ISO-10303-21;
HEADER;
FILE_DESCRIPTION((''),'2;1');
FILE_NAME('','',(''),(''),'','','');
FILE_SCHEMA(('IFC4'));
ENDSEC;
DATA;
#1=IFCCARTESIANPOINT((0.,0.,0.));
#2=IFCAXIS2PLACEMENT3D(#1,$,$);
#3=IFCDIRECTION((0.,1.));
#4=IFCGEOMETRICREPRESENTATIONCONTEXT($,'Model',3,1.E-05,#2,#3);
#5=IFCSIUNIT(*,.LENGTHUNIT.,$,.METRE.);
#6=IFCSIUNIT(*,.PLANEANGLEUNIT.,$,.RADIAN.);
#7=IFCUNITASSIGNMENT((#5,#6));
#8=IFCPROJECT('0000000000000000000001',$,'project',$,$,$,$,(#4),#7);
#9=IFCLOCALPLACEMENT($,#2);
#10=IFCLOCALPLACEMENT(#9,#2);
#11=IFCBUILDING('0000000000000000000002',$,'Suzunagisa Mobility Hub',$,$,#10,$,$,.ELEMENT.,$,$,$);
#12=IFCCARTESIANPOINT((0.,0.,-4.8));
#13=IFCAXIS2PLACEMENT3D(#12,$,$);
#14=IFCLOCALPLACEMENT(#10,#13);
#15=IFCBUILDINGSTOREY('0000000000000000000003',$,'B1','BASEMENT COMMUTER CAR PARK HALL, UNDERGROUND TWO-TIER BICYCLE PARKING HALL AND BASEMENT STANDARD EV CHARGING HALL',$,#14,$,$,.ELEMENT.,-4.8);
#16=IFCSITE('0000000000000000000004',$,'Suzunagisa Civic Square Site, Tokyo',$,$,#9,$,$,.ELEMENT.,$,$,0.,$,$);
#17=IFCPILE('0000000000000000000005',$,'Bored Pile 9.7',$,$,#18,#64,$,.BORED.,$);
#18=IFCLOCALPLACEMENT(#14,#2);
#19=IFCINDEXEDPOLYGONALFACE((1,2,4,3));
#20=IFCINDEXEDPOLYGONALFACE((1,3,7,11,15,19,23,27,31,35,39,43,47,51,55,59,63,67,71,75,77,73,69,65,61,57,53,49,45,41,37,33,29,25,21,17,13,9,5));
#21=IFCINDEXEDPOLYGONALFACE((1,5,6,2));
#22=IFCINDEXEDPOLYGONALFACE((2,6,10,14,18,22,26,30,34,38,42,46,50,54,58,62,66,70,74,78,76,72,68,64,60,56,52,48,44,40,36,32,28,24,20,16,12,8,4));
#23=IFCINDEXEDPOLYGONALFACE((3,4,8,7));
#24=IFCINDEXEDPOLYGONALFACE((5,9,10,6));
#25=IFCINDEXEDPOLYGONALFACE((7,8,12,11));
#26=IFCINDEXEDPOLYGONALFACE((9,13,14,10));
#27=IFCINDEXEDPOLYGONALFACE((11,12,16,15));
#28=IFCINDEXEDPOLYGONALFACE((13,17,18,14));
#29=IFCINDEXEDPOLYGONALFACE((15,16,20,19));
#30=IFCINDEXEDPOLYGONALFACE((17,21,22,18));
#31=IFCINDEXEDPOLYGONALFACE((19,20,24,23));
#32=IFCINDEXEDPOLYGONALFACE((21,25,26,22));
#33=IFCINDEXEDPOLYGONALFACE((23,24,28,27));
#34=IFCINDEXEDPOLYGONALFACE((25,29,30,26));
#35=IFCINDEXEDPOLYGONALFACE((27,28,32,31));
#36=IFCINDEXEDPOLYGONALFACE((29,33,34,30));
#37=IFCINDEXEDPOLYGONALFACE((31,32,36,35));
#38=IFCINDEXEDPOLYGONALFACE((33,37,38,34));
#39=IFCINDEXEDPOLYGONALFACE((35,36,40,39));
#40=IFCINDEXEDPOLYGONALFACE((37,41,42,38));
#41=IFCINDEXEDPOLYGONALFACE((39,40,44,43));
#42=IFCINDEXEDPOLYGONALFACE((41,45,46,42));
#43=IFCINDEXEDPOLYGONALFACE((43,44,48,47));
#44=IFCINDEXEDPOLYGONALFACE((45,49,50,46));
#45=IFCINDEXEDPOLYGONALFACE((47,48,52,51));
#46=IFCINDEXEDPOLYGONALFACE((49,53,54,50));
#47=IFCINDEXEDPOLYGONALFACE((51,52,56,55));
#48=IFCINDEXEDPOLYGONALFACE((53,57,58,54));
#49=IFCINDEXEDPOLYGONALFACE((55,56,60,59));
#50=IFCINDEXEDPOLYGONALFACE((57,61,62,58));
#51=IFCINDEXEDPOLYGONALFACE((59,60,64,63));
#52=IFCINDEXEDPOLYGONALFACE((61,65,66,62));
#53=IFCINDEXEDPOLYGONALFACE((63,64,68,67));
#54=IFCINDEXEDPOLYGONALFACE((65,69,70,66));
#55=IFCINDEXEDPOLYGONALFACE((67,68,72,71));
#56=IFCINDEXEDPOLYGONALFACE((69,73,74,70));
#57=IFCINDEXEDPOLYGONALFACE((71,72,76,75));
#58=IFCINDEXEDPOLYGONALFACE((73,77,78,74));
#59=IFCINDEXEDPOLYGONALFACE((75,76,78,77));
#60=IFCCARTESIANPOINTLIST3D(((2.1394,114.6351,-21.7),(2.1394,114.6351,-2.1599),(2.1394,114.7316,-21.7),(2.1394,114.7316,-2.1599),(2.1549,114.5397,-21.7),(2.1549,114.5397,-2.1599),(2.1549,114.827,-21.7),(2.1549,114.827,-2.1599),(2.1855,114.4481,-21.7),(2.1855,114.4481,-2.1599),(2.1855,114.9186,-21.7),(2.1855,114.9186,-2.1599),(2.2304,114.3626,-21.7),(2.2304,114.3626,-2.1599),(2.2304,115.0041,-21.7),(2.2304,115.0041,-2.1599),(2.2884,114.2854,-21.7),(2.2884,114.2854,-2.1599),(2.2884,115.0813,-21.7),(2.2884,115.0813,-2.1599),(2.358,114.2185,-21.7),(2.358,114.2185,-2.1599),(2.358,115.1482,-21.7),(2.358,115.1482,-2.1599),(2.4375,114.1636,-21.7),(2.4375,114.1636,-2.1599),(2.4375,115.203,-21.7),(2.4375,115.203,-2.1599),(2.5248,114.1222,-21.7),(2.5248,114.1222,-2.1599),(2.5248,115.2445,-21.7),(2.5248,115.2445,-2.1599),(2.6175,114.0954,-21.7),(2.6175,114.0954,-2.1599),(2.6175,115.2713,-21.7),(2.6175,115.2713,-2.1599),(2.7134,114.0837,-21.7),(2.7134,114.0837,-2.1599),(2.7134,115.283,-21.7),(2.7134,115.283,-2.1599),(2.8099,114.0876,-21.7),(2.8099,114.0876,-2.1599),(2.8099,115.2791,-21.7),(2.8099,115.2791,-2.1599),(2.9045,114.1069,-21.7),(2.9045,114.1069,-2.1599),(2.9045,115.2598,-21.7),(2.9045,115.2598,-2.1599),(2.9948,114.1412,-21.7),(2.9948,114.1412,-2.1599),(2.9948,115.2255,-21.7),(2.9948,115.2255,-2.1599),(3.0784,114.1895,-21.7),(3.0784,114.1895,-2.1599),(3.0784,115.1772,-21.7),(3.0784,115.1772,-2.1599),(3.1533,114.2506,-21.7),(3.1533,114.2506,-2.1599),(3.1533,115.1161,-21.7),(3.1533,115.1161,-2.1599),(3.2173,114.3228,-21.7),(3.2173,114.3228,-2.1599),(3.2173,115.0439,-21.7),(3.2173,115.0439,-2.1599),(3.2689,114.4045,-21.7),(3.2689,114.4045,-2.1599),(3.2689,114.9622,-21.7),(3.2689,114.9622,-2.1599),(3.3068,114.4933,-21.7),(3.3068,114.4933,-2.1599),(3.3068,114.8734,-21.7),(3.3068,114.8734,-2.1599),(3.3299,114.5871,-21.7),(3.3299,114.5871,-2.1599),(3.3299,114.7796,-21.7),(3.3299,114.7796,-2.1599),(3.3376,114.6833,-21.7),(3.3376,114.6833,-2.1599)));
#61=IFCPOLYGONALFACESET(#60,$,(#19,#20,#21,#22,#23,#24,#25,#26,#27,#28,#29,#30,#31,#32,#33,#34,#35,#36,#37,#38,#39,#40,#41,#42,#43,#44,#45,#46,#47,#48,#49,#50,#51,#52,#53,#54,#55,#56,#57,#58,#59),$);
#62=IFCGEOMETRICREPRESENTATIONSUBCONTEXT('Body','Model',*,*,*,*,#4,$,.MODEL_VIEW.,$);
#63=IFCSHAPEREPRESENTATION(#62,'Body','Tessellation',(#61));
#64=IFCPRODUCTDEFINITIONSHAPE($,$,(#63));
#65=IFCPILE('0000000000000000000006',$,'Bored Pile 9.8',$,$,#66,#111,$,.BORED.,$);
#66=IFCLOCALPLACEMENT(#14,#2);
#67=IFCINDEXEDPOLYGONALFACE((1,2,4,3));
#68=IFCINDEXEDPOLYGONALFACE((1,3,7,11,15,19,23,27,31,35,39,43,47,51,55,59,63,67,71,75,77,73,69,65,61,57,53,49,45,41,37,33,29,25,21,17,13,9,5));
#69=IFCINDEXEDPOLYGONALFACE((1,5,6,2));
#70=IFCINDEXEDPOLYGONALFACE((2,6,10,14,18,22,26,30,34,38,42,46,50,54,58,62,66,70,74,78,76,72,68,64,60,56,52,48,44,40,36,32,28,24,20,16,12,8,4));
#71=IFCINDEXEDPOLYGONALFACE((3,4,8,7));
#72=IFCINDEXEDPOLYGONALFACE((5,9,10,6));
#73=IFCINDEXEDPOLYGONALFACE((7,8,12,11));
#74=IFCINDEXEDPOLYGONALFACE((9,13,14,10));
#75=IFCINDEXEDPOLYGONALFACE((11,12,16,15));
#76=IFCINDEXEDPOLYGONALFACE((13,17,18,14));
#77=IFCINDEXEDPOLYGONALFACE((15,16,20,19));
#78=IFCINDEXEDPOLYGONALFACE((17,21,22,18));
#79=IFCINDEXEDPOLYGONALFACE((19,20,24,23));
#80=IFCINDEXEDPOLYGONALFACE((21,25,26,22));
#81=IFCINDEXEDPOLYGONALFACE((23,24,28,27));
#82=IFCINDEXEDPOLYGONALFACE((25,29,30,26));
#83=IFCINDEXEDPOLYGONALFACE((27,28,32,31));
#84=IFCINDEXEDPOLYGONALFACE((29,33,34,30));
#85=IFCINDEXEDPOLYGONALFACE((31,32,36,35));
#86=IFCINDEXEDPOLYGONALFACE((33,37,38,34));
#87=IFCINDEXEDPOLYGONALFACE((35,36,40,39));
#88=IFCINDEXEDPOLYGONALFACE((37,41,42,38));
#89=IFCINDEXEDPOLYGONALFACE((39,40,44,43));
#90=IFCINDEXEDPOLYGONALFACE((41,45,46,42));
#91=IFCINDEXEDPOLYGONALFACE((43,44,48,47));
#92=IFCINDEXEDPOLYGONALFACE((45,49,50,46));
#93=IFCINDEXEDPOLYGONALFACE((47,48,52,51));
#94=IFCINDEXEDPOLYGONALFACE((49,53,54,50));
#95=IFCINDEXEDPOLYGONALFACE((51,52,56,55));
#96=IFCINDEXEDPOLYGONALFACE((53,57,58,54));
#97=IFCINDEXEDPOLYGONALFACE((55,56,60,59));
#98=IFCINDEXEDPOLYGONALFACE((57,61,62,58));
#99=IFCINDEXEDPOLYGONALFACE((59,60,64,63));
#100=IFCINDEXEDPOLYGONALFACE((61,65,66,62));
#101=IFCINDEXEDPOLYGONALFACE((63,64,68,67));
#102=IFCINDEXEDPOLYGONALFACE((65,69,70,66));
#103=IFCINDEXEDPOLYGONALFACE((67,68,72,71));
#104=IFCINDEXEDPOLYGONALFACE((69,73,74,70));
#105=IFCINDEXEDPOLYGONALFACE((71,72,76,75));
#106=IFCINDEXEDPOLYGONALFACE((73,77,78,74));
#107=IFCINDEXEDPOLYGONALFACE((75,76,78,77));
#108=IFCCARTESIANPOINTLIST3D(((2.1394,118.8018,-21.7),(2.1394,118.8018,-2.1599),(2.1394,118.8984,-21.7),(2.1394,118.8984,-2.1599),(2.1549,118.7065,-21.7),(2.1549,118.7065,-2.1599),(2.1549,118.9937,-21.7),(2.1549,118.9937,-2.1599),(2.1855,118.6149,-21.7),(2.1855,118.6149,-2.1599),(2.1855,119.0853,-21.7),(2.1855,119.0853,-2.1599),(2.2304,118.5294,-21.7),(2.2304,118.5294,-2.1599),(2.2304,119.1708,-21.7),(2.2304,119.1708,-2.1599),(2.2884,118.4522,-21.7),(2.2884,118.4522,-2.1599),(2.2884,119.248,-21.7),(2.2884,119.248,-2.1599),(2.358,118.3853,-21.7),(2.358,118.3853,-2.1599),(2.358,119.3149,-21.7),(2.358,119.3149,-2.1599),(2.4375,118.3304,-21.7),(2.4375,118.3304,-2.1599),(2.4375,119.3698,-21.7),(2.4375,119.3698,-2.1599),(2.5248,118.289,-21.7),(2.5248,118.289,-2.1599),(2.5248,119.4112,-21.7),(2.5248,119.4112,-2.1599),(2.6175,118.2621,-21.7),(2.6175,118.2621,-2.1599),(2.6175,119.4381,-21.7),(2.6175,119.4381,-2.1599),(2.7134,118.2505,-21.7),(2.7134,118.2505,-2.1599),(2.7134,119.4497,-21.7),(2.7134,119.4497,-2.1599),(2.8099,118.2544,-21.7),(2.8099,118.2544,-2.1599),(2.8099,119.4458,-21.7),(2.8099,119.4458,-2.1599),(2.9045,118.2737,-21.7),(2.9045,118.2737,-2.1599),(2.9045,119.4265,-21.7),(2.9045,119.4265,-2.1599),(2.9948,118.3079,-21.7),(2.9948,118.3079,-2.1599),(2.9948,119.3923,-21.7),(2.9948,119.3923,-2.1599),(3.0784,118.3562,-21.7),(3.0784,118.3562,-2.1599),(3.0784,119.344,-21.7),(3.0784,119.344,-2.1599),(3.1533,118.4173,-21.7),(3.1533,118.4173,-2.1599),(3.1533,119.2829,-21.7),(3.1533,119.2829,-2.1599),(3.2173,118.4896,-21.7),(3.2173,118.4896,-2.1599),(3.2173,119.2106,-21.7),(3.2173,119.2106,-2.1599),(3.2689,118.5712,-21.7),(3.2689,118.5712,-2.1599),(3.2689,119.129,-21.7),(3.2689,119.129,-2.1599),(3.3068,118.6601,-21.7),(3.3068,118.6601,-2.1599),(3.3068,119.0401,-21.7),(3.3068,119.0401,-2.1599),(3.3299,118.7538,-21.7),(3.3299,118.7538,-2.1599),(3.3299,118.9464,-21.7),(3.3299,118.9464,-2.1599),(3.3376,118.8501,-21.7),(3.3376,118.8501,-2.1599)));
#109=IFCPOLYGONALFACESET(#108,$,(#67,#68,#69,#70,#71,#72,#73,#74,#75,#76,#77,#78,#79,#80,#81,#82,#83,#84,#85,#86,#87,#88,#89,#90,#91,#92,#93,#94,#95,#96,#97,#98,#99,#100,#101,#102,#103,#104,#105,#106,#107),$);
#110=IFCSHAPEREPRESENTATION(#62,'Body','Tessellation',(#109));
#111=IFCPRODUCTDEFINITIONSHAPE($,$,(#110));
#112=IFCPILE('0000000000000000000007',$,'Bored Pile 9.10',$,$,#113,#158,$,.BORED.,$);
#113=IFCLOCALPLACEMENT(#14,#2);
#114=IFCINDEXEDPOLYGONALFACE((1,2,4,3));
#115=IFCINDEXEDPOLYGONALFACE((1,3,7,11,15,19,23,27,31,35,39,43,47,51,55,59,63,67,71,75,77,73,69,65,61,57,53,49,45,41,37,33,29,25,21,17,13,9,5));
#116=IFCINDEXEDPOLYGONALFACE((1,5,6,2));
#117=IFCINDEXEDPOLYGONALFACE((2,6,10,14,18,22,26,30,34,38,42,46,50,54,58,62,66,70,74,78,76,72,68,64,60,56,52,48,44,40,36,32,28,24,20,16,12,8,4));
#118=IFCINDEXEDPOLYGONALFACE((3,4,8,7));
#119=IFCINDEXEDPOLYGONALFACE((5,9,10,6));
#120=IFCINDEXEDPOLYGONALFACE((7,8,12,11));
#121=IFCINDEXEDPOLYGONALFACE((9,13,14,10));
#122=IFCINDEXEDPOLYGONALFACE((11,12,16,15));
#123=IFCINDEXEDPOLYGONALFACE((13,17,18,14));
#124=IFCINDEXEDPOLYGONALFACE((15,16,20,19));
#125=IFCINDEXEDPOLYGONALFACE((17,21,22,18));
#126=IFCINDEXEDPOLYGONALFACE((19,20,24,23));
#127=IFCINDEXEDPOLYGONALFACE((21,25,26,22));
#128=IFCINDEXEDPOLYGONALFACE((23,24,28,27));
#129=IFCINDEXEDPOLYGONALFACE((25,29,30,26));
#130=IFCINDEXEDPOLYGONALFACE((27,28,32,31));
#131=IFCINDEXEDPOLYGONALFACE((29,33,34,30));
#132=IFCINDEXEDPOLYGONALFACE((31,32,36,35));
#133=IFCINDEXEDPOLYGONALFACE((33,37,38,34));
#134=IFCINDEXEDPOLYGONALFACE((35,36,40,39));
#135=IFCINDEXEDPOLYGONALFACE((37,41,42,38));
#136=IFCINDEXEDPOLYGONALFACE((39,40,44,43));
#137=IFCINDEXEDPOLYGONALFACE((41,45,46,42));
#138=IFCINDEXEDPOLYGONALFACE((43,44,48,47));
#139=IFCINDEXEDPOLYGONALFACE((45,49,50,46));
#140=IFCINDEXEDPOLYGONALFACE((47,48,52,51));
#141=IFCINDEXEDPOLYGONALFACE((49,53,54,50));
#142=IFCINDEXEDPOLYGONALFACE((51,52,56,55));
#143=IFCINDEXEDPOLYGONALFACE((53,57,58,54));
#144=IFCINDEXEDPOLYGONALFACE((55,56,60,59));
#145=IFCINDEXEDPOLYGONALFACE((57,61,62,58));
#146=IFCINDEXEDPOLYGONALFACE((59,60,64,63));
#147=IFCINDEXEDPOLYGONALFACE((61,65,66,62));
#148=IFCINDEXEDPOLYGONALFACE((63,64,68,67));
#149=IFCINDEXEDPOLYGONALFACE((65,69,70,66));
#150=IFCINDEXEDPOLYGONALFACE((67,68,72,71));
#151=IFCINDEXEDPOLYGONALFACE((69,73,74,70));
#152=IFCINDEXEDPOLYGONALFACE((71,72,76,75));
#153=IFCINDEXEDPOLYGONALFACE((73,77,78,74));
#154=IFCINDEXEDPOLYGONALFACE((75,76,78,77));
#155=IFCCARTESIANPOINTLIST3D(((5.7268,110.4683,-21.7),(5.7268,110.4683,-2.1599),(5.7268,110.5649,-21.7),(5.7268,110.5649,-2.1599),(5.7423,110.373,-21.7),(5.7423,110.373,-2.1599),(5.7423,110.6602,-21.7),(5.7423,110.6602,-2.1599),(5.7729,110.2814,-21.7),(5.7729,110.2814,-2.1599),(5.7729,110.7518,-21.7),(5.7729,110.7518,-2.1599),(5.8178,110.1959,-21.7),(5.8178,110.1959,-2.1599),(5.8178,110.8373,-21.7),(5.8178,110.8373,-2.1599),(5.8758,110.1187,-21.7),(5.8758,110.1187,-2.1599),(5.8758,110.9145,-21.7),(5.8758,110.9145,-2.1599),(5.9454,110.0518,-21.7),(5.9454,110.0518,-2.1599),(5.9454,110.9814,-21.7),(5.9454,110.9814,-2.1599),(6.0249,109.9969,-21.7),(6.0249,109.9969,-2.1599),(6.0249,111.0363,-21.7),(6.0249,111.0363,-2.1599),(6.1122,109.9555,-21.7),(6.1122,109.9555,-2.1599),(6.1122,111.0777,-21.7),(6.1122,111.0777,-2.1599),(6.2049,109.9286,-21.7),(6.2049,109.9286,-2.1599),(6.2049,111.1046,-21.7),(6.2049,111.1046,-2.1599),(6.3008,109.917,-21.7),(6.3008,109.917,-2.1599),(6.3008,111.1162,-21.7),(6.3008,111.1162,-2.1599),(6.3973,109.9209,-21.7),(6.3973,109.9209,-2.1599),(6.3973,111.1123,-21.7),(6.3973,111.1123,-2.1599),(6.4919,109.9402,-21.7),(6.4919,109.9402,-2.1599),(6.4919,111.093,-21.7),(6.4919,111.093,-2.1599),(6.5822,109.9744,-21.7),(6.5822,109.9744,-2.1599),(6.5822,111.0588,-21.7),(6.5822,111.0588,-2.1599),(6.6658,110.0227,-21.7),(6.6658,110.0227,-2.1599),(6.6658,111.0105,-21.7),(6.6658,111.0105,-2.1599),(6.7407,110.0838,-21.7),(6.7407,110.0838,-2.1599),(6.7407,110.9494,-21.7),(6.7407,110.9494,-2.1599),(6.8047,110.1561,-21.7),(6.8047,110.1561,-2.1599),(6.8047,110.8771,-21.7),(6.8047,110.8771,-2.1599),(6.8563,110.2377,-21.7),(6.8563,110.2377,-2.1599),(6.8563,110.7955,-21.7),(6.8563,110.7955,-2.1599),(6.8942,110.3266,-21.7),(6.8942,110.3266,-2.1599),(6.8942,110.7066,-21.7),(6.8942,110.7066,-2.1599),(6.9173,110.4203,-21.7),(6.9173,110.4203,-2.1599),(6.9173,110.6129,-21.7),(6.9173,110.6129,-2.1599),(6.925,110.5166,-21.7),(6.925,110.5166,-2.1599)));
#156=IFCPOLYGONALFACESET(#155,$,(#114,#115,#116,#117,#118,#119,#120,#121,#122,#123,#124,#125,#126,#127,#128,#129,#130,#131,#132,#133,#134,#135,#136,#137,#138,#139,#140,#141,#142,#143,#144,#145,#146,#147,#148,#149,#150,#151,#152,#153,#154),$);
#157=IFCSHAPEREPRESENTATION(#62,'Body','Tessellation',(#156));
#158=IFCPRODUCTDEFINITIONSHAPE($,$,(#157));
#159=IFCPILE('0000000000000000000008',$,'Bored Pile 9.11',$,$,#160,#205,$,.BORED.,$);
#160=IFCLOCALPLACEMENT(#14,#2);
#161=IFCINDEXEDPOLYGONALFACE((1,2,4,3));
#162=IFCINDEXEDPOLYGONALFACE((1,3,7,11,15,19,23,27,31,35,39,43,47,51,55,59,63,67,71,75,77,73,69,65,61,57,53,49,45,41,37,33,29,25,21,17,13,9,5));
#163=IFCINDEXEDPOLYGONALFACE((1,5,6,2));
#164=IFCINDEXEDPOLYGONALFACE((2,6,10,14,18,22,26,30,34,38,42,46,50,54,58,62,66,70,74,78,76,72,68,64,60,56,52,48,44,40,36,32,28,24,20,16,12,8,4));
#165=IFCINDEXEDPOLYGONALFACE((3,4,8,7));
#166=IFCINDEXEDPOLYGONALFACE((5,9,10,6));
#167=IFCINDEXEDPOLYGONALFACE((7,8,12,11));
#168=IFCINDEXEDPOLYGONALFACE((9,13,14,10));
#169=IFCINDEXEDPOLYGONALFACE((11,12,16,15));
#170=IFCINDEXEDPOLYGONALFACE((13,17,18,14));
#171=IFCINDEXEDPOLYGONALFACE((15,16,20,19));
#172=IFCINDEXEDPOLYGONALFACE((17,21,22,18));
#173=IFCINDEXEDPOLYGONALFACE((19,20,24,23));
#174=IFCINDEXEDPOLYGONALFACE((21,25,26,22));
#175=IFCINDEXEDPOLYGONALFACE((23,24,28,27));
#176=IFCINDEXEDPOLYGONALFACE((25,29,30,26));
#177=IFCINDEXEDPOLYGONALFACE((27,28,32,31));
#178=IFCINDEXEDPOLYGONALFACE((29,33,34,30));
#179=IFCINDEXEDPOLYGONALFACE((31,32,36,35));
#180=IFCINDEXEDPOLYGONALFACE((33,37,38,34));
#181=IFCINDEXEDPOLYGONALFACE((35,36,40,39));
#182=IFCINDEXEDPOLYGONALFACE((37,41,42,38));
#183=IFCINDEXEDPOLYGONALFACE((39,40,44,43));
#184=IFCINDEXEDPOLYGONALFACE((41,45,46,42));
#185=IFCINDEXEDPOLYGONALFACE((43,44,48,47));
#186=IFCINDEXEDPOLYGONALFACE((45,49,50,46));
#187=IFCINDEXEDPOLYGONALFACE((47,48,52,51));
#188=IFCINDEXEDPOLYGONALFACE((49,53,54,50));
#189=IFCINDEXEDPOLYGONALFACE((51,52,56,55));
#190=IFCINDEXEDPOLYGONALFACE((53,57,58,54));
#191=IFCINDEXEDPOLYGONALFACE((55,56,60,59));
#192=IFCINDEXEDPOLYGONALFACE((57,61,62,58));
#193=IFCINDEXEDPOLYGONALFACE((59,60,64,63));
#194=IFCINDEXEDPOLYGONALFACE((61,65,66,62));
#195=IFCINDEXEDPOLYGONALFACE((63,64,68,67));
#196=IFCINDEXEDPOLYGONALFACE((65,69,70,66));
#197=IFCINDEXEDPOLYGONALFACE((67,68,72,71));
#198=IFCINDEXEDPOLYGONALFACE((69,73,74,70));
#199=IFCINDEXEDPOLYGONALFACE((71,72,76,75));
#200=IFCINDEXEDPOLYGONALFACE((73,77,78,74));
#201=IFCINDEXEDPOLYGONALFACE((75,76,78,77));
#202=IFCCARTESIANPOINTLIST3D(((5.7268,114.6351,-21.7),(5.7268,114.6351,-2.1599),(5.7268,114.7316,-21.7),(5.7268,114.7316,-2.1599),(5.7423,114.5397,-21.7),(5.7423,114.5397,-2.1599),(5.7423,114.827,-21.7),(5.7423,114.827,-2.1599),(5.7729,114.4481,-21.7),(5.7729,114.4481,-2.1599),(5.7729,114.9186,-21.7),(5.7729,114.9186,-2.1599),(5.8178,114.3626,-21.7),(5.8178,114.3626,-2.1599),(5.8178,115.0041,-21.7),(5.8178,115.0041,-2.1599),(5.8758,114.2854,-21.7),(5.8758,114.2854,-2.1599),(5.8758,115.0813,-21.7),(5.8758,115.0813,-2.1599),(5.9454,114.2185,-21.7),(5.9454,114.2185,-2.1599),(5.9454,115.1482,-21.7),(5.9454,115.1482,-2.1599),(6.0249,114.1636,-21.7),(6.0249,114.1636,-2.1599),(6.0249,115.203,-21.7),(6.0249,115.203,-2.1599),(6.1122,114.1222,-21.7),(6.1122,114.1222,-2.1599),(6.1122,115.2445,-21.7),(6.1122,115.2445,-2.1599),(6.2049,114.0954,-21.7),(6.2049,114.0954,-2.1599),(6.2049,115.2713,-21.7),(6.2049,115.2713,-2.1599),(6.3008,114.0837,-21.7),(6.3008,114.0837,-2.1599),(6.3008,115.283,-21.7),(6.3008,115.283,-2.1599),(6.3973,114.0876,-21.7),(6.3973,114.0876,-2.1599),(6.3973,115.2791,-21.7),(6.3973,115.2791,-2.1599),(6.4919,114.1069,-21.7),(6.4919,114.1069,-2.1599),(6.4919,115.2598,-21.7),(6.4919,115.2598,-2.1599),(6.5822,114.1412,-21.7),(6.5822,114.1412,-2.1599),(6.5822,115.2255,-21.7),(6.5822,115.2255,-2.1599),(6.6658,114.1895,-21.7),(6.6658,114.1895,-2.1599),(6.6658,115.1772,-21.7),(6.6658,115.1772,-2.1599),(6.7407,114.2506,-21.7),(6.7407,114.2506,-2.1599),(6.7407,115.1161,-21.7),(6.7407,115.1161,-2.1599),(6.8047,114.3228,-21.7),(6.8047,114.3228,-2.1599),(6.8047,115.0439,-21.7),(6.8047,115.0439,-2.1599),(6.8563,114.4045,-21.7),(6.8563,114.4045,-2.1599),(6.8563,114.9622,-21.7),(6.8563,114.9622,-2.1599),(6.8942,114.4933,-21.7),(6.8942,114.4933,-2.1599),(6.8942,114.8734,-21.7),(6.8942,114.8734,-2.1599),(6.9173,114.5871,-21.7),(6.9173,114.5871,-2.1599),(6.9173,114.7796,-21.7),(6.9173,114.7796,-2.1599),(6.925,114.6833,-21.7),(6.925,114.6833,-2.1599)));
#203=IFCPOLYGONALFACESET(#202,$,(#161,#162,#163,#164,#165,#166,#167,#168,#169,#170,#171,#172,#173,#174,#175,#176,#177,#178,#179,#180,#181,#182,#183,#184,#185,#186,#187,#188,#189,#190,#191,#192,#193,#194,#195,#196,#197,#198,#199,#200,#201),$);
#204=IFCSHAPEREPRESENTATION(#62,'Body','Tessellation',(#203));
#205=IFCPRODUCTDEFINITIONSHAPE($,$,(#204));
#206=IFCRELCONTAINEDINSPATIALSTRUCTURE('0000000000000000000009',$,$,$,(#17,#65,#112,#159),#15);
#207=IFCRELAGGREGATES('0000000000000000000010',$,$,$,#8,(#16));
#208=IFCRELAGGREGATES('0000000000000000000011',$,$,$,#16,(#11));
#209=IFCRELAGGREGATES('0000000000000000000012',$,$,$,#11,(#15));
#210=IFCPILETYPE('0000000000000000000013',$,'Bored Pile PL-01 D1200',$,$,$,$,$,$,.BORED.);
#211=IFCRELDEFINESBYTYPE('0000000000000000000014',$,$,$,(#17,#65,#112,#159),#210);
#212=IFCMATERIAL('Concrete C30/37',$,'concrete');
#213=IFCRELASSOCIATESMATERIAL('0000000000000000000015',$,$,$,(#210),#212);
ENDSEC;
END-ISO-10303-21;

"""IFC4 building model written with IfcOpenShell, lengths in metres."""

from ifc_helpers import new_model, si_unit, direction, frame, origin, origin_2d, place, context, subcontext, project, spatial, circle, extrude, material, material_profile, profile_set, type_object, element, save


model = new_model("IFC4")

# Units and contexts
model_context = context("Model", 3, precision=1e-05, world=origin(), true_north=direction((0.0, 1.0)))
body_context = subcontext(model_context, "Body", "Model", "MODEL_VIEW")
ifc_project = project(units=[si_unit("LENGTHUNIT", "METRE"), si_unit("PLANEANGLEUNIT", "RADIAN")], contexts=[model_context])

# Site, building, storey
site_placement = place(None, origin())
site = spatial("IfcSite", under=ifc_project, at=site_placement, Name="Suzunagisa Civic Square Site, Tokyo", CompositionType="ELEMENT", RefElevation=0.0)
building_placement = place(site_placement, origin())
building = spatial("IfcBuilding", under=site, at=building_placement, Name="Suzunagisa Mobility Hub", CompositionType="ELEMENT")
storey_placement = place(building_placement, frame((0.0, 0.0, -4.8)))
storey = spatial("IfcBuildingStorey", under=building, at=storey_placement, Name="B1", Description="BASEMENT COMMUTER CAR PARK HALL, UNDERGROUND TWO-TIER BICYCLE PARKING HALL AND BASEMENT STANDARD EV CHARGING HALL", CompositionType="ELEMENT", Elevation=-4.8)

# Piles
ifc_material_1 = material(Name="Concrete C30/37", Category="concrete")
ifc_material_profile_1 = material_profile(ifc_material_1, circle(Radius=0.6001, at=origin_2d()), Name="BORED PILE D1200")
ifc_profile_set_1 = profile_set([ifc_material_profile_1], Name="Concrete C30/37")
pile_type = type_object("IfcPileType", Name="Bored Pile PL-01 D1200", PredefinedType="BORED", material=ifc_profile_set_1)
for number, where, z_axis, x_axis, name in (
    (1, (2.7375, 114.6833, -2.1599), (0.0, 0.0, -1.0), (1.0, 0.0, 0.0), "Bored Pile 9.7"),
    (2, (2.7375, 118.8501, -2.1599), (0.0, 0.0, -1.0), (1.0, 0.0, 0.0), "Bored Pile 9.8"),
    (3, (6.325, 110.5166, -2.1599), (0.0, 0.0, -1.0), (1.0, 0.0, 0.0), "Bored Pile 9.10"),
    (4, (6.325, 114.6833, -2.1599), (0.0, 0.0, -1.0), (1.0, 0.0, 0.0), "Bored Pile 9.11"),
):
    element("IfcPile", number, at=place(storey_placement, frame(where, z_axis=z_axis, x_axis=x_axis)), inside=storey, type_object=pile_type, Name=name, PredefinedType="BORED", context=body_context, shape_type="SweptSolid", body=[
        extrude(circle(Radius=0.6001, at=origin_2d()), origin(), (0.0, 0.0, 1.0), 19.54),
    ])

save(model, "model.ifc")
